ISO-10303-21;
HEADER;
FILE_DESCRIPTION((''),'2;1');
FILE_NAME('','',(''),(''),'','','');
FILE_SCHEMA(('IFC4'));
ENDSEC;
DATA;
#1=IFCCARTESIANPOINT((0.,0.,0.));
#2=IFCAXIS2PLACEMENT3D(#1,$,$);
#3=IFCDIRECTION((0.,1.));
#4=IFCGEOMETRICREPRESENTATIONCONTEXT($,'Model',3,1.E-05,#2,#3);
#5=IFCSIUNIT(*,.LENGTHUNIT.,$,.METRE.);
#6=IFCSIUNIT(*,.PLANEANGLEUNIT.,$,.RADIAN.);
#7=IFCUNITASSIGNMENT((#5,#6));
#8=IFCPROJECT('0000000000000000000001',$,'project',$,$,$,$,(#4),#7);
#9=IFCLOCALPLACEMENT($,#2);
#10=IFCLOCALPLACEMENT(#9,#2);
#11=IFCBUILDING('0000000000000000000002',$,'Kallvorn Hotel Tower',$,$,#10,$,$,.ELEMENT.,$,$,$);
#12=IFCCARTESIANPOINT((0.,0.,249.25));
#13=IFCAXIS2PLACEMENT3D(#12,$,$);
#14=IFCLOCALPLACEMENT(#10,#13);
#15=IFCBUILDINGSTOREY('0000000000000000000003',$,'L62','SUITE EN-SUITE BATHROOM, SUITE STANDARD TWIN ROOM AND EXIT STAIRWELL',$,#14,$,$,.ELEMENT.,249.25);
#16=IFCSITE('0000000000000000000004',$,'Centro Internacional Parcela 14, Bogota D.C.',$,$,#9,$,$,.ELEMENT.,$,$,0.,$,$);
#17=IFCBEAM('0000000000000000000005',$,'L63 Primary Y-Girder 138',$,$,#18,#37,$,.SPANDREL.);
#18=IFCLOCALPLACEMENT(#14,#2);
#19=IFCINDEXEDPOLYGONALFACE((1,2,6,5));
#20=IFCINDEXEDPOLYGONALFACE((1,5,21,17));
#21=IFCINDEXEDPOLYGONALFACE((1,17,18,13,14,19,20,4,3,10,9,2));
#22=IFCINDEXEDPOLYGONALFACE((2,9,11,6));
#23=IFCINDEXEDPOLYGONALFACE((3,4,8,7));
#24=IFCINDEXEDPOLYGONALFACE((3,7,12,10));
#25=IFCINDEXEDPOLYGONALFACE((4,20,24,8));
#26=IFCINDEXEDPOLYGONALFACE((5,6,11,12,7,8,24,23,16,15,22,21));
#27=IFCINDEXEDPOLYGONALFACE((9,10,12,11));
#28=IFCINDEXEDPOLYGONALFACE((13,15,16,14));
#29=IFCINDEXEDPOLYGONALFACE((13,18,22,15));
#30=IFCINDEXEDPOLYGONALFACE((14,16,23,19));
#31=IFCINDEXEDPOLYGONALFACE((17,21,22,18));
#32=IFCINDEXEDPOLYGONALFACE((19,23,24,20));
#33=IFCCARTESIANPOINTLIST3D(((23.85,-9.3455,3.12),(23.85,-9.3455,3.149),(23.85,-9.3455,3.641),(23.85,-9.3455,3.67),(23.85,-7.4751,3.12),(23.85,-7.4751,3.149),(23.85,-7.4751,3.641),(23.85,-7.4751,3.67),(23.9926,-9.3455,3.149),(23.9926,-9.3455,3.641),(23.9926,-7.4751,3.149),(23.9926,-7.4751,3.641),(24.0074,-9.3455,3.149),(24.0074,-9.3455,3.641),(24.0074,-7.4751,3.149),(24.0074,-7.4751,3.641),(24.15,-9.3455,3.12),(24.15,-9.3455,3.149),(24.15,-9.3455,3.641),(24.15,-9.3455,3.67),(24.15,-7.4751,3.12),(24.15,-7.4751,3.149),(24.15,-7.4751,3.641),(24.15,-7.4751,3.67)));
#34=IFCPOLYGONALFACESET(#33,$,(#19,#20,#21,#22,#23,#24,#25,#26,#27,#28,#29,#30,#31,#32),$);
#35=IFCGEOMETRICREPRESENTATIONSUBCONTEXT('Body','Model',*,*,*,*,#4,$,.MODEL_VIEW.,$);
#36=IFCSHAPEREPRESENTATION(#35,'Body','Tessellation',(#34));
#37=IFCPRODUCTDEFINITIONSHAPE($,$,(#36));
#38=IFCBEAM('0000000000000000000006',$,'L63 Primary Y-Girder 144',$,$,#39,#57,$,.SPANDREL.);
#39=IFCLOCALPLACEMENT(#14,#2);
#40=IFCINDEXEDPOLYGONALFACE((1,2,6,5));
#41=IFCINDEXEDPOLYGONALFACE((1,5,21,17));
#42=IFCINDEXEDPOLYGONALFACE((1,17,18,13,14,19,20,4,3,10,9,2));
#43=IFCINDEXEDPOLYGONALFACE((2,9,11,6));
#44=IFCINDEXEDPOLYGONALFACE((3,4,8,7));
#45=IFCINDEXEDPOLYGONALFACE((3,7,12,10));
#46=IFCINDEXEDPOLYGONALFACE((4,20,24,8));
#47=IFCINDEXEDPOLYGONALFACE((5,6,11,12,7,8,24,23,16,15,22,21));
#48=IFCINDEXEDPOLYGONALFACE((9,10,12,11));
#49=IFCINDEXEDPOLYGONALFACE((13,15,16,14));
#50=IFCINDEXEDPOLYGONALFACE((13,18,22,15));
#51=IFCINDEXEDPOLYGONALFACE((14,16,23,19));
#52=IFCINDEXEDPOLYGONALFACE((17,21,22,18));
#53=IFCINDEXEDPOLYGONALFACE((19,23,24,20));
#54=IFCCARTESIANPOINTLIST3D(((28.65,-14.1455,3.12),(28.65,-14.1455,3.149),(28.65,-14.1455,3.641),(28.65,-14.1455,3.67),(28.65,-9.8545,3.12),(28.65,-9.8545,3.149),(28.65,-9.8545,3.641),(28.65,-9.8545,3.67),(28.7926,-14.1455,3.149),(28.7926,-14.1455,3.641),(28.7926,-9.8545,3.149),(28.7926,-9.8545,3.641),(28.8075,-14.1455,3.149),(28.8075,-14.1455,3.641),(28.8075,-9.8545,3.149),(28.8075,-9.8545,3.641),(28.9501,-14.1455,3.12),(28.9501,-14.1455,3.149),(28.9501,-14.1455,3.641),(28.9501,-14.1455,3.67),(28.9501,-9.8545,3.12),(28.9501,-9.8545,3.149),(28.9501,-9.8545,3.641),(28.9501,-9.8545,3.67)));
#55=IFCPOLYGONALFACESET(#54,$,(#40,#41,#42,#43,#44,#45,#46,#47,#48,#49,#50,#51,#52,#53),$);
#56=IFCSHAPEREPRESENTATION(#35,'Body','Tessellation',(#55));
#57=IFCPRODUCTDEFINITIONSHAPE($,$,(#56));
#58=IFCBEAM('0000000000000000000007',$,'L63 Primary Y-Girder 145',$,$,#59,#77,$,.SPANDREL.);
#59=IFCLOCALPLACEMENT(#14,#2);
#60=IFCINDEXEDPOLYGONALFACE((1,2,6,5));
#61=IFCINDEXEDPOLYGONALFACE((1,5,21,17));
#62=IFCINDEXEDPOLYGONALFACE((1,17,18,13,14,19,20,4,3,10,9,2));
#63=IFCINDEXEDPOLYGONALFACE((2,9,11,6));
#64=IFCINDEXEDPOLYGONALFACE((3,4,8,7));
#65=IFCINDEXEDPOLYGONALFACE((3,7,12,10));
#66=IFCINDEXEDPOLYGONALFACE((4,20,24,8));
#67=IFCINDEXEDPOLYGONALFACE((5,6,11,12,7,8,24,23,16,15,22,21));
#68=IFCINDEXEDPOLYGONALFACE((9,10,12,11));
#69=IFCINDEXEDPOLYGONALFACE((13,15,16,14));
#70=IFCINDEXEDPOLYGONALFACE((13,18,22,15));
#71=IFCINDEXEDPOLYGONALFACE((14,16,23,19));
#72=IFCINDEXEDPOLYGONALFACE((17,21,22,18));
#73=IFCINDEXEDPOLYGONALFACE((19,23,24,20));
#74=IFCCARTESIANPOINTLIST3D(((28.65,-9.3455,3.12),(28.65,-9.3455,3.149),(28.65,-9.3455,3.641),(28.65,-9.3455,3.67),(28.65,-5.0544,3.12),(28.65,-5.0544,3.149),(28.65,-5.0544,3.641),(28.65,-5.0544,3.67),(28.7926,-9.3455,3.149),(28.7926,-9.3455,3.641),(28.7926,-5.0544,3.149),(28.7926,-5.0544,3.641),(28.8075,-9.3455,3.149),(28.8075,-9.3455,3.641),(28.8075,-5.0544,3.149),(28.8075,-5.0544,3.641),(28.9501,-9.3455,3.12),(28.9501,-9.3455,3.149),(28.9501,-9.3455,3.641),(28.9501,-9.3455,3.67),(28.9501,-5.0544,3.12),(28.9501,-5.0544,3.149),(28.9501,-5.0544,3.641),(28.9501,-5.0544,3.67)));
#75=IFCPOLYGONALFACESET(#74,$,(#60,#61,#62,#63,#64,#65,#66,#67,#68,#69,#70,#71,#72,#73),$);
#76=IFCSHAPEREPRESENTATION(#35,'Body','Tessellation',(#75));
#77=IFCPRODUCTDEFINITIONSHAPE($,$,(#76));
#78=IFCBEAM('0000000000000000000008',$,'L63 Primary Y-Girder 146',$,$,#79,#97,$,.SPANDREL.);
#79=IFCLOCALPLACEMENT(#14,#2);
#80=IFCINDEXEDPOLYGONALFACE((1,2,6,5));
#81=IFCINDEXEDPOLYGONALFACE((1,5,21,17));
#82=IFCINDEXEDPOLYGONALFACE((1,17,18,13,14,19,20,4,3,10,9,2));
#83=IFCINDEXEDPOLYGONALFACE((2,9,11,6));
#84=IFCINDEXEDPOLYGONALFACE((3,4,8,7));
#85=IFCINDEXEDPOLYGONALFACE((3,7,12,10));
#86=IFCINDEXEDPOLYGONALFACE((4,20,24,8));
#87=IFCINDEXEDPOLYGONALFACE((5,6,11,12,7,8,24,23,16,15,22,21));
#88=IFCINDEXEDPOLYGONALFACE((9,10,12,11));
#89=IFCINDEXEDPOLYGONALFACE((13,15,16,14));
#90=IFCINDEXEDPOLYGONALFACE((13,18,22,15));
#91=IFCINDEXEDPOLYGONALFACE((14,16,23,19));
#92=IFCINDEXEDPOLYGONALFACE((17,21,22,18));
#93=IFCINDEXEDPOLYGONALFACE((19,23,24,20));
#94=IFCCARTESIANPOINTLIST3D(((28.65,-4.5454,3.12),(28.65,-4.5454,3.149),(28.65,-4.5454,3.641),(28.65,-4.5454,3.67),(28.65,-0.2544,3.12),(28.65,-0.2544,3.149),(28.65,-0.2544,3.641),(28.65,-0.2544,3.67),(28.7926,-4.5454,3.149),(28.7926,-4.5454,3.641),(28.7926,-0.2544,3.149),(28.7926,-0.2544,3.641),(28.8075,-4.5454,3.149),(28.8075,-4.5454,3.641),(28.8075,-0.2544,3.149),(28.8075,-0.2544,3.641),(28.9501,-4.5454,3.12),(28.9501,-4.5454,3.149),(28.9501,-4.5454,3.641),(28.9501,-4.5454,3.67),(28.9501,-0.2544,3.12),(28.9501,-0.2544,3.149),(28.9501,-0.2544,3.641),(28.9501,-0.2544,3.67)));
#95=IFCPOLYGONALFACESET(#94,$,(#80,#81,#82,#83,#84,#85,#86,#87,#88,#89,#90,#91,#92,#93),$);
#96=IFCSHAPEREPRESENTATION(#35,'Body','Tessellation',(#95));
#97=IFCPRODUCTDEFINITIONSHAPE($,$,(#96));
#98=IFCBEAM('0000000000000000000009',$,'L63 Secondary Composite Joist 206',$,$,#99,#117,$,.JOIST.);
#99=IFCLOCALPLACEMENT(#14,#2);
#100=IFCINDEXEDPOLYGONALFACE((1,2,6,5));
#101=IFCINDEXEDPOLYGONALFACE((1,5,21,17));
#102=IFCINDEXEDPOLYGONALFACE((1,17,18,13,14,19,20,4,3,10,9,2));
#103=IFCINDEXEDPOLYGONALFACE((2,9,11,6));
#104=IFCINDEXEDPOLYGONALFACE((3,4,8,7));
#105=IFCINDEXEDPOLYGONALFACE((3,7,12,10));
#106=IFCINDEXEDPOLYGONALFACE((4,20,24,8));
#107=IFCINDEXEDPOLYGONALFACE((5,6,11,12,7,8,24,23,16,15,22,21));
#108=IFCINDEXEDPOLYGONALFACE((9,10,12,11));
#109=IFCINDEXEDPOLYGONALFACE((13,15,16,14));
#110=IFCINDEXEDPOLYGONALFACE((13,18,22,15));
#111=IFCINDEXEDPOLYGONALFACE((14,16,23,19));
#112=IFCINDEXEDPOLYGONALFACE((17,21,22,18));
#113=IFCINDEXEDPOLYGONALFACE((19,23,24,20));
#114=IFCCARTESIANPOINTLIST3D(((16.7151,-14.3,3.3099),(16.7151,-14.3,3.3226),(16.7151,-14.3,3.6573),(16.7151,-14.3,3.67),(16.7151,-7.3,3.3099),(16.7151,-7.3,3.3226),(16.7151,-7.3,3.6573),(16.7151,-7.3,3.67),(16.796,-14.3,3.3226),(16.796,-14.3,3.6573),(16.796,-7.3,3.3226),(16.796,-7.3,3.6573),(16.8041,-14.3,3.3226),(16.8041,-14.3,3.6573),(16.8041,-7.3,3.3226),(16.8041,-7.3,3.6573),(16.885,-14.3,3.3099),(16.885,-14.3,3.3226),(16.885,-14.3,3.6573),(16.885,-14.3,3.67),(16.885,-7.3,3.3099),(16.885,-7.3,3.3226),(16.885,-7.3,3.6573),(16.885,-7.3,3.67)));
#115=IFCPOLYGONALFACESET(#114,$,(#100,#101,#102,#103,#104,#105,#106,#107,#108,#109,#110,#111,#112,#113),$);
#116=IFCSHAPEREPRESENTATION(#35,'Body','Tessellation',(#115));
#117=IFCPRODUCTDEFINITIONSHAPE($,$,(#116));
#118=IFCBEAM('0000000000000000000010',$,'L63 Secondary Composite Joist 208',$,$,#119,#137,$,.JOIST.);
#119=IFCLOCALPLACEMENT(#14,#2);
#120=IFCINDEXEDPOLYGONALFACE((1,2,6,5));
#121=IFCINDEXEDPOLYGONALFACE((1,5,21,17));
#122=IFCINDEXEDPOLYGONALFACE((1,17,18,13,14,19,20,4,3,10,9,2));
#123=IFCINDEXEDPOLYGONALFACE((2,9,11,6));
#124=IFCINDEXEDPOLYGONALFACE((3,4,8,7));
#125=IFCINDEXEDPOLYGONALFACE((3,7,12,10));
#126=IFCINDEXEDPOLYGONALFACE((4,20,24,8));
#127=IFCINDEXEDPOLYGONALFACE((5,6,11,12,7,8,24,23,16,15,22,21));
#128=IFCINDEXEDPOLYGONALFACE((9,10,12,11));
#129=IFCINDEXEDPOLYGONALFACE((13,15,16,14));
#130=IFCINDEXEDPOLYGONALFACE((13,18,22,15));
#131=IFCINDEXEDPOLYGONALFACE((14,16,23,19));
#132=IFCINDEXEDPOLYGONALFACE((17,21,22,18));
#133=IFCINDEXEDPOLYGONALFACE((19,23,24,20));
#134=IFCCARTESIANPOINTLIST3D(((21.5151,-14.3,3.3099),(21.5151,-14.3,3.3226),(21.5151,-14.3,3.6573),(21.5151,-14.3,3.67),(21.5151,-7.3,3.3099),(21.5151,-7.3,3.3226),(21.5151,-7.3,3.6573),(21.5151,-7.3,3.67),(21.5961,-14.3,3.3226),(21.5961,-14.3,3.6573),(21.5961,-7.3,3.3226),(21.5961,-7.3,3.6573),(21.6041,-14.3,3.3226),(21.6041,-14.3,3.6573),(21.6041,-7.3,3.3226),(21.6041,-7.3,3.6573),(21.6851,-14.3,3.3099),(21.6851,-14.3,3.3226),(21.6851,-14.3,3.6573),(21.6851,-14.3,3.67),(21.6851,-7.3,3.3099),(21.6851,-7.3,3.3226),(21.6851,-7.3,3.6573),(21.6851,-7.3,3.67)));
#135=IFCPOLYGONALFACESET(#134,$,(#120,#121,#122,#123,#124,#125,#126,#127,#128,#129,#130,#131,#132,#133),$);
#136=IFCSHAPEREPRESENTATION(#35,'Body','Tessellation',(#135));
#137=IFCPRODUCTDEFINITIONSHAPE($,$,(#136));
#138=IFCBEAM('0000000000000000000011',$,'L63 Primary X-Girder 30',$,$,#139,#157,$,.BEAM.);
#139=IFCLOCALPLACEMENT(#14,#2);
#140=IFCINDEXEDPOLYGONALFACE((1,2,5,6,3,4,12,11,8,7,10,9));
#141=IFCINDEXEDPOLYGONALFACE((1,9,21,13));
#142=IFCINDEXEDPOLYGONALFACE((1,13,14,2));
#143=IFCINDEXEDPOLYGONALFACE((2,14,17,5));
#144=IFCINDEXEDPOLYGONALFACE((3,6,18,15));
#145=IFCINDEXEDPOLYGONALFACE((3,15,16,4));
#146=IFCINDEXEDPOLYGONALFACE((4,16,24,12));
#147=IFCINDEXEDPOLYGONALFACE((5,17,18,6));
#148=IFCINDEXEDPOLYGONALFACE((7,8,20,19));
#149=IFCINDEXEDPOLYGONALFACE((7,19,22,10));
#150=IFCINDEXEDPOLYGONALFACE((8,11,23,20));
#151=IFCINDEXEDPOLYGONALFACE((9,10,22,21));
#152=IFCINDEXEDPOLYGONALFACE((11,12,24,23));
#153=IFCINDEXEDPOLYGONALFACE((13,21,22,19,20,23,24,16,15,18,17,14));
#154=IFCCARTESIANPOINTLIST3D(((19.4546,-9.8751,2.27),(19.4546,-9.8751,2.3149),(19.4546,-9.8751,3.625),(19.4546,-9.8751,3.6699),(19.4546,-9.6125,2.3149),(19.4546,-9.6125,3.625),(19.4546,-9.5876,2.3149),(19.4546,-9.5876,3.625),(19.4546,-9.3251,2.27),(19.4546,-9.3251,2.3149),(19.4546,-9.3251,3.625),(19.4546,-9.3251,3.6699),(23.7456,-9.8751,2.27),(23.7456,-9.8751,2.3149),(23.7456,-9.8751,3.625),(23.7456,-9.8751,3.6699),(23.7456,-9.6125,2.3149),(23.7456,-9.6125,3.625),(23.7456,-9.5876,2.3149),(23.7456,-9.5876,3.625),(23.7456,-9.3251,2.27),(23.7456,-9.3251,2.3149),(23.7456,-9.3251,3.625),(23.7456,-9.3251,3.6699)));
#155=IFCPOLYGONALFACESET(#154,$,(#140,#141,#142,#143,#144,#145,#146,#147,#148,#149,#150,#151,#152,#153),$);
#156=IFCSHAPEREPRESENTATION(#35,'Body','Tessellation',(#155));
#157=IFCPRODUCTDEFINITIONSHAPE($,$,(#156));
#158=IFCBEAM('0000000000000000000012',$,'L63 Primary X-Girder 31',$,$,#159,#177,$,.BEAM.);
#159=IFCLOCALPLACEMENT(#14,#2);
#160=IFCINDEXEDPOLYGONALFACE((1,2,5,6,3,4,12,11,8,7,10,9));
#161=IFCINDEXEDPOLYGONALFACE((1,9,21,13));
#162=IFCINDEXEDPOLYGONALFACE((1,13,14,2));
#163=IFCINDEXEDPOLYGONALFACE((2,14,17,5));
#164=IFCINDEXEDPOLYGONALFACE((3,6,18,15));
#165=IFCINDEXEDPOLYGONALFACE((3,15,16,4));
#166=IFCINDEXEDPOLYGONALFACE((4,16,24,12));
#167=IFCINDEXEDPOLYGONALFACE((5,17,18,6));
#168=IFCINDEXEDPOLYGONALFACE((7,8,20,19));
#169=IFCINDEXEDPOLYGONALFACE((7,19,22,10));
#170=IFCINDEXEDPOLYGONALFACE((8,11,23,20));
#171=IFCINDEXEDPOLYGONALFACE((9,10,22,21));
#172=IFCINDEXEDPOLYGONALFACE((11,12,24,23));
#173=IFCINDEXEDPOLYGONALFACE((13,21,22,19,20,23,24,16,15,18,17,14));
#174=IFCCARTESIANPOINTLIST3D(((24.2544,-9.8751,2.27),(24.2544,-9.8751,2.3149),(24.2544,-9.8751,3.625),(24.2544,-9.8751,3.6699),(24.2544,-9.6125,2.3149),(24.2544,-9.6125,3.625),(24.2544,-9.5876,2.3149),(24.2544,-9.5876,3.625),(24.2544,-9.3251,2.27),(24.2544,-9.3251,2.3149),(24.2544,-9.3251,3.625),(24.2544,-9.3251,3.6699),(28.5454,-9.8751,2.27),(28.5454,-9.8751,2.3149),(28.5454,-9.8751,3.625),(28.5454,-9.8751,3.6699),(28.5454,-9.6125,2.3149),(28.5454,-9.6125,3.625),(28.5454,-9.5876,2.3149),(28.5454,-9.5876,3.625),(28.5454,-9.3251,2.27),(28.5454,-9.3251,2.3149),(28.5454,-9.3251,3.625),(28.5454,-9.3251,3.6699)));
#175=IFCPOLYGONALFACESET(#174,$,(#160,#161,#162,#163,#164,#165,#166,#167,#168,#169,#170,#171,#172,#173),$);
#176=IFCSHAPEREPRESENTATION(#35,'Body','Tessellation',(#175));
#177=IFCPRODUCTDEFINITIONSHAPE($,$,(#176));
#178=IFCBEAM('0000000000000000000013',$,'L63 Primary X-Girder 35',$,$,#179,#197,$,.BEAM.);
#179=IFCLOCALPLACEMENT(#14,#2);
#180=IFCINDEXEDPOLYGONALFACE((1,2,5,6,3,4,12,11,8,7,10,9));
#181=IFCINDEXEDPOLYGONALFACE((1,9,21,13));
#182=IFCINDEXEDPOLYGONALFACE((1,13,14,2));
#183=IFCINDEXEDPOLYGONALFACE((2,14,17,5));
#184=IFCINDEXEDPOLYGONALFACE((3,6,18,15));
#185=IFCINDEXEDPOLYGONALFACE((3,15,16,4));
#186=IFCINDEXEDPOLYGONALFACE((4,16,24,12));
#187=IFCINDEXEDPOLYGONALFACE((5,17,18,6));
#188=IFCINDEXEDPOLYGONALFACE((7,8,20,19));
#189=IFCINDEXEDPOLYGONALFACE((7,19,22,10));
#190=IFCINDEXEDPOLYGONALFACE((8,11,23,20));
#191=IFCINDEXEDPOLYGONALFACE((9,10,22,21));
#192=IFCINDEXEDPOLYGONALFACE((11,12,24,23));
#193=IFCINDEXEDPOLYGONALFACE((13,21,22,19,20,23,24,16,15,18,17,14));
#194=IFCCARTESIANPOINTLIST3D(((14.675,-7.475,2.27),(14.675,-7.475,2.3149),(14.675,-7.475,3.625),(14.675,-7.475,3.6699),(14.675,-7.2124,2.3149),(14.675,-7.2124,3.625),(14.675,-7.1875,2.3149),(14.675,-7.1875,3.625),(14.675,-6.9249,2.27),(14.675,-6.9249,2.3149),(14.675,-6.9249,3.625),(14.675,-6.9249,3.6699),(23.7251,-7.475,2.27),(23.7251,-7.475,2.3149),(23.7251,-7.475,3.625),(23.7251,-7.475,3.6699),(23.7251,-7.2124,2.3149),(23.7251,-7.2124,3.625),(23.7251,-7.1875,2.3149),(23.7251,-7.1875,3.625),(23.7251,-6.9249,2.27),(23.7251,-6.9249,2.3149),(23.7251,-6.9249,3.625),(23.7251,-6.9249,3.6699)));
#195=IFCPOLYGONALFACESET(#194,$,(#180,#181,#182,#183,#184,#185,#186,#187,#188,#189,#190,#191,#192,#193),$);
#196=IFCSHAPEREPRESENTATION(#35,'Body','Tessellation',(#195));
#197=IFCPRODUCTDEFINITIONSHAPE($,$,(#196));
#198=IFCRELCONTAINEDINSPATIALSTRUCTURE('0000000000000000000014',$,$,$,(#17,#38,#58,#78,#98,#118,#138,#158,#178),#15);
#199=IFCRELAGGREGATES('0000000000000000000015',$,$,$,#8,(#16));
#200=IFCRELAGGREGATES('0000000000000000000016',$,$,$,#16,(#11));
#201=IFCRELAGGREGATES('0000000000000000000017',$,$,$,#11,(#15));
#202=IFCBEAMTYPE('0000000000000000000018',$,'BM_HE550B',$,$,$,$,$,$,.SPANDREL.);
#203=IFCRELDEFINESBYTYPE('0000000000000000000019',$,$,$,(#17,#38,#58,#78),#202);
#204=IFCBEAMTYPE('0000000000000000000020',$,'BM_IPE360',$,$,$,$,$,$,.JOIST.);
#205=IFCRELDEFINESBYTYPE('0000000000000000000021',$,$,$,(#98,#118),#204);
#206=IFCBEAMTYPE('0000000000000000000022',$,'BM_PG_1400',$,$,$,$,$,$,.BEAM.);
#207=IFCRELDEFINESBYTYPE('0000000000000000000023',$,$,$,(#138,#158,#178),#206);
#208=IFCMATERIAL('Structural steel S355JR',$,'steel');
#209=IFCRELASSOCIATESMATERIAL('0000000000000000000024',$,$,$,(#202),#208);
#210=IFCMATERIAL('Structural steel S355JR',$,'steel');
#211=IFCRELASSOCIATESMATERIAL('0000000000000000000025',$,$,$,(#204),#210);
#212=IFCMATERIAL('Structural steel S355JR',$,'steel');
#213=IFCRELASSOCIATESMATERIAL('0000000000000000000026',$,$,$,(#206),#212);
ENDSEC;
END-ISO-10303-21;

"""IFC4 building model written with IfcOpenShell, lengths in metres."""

from ifc_helpers import new_model, si_unit, direction, frame, origin, origin_2d, place, context, subcontext, project, spatial, i_section, extrude, material, material_profile, profile_set, type_object, element, save


model = new_model("IFC4")

# Units and contexts
model_context = context("Model", 3, precision=1e-05, world=origin(), true_north=direction((0.0, 1.0)))
body_context = subcontext(model_context, "Body", "Model", "MODEL_VIEW")
ifc_project = project(units=[si_unit("LENGTHUNIT", "METRE"), si_unit("PLANEANGLEUNIT", "RADIAN")], contexts=[model_context])

# Site, building, storey
site_placement = place(None, origin())
site = spatial("IfcSite", under=ifc_project, at=site_placement, Name="Centro Internacional Parcela 14, Bogota D.C.", CompositionType="ELEMENT", RefElevation=0.0)
building_placement = place(site_placement, origin())
building = spatial("IfcBuilding", under=site, at=building_placement, Name="Kallvorn Hotel Tower", CompositionType="ELEMENT")
storey_placement = place(building_placement, frame((0.0, 0.0, 249.25)))
storey = spatial("IfcBuildingStorey", under=building, at=storey_placement, Name="L62", Description="SUITE EN-SUITE BATHROOM, SUITE STANDARD TWIN ROOM AND EXIT STAIRWELL", CompositionType="ELEMENT", Elevation=249.25)

# Beams
ifc_material_1 = material(Name="Structural steel S355JR", Category="steel")
ifc_material_profile_1 = material_profile(ifc_material_1, i_section(OverallWidth=0.3, OverallDepth=0.55, WebThickness=0.0149, FlangeThickness=0.0291, at=origin_2d()), Name="HE 550 B")
ifc_profile_set_1 = profile_set([ifc_material_profile_1], Name="Structural steel S355JR")
beam_type_1 = type_object("IfcBeamType", Name="BM_HE550B", PredefinedType="SPANDREL", material=ifc_profile_set_1)
beam_1_placement = place(storey_placement, frame((24.0, -9.3455, 3.395), z_axis=(0.0, 1.0, 0.0), x_axis=(-1.0, 0.0, 0.0)))
element("IfcBeam", 1, at=beam_1_placement, inside=storey, type_object=beam_type_1, Name="L63 Primary Y-Girder 138", PredefinedType="SPANDREL", context=body_context, shape_type="SweptSolid", body=[
    extrude(i_section(OverallWidth=0.3, OverallDepth=0.55, WebThickness=0.0149, FlangeThickness=0.0291, at=origin_2d()), origin(), (0.0, 0.0, 1.0), 1.8704),
])
for number, where, z_axis, x_axis, name in (
    (2, (28.8, -14.1455, 3.395), (0.0, 1.0, 0.0), (-1.0, 0.0, 0.0), "L63 Primary Y-Girder 144"),
    (3, (28.8, -9.3455, 3.395), (0.0, 1.0, 0.0), (-1.0, 0.0, 0.0), "L63 Primary Y-Girder 145"),
    (4, (28.8, -4.5454, 3.395), (0.0, 1.0, 0.0), (-1.0, 0.0, 0.0), "L63 Primary Y-Girder 146"),
):
    element("IfcBeam", number, at=place(storey_placement, frame(where, z_axis=z_axis, x_axis=x_axis)), inside=storey, type_object=beam_type_1, Name=name, PredefinedType="SPANDREL", context=body_context, shape_type="SweptSolid", body=[
        extrude(i_section(OverallWidth=0.3, OverallDepth=0.55, WebThickness=0.0149, FlangeThickness=0.0291, at=origin_2d()), origin(), (0.0, 0.0, 1.0), 4.291),
    ])
ifc_material_2 = material(Name="Structural steel S355JR", Category="steel")
ifc_material_profile_2 = material_profile(ifc_material_2, i_section(OverallWidth=0.1699, OverallDepth=0.3601, WebThickness=0.0081, FlangeThickness=0.0127, at=origin_2d()), Name="IPE 360")
ifc_profile_set_2 = profile_set([ifc_material_profile_2], Name="Structural steel S355JR")
beam_type_2 = type_object("IfcBeamType", Name="BM_IPE360", PredefinedType="JOIST", material=ifc_profile_set_2)
for number, where, z_axis, x_axis, name in (
    (5, (16.8, -14.3, 3.49), (0.0, 1.0, 0.0), (-1.0, 0.0, 0.0), "L63 Secondary Composite Joist 206"),
    (6, (21.6001, -14.3, 3.49), (0.0, 1.0, 0.0), (-1.0, 0.0, 0.0), "L63 Secondary Composite Joist 208"),
):
    element("IfcBeam", number, at=place(storey_placement, frame(where, z_axis=z_axis, x_axis=x_axis)), inside=storey, type_object=beam_type_2, Name=name, PredefinedType="JOIST", context=body_context, shape_type="SweptSolid", body=[
        extrude(i_section(OverallWidth=0.1699, OverallDepth=0.3601, WebThickness=0.0081, FlangeThickness=0.0127, at=origin_2d()), origin(), (0.0, 0.0, 1.0), 7.0),
    ])
ifc_material_3 = material(Name="Structural steel S355JR", Category="steel")
ifc_material_profile_3 = material_profile(ifc_material_3, i_section(OverallWidth=0.55, OverallDepth=1.3999, WebThickness=0.0249, FlangeThickness=0.0449, at=origin_2d()), Name="PG 1400x550x25x45")
ifc_profile_set_3 = profile_set([ifc_material_profile_3], Name="Structural steel S355JR")
beam_type_3 = type_object("IfcBeamType", Name="BM_PG_1400", PredefinedType="BEAM", material=ifc_profile_set_3)
for number, where, z_axis, x_axis, name in (
    (7, (19.4546, -9.6001, 2.97), (1.0, 0.0, 0.0), (0.0, 1.0, 0.0), "L63 Primary X-Girder 30"),
    (8, (24.2544, -9.6001, 2.97), (1.0, 0.0, 0.0), (0.0, 1.0, 0.0), "L63 Primary X-Girder 31"),
):
    element("IfcBeam", number, at=place(storey_placement, frame(where, z_axis=z_axis, x_axis=x_axis)), inside=storey, type_object=beam_type_3, Name=name, PredefinedType="BEAM", context=body_context, shape_type="SweptSolid", body=[
        extrude(i_section(OverallWidth=0.55, OverallDepth=1.3999, WebThickness=0.0249, FlangeThickness=0.0449, at=origin_2d()), origin(), (0.0, 0.0, 1.0), 4.291),
    ])
beam_2_placement = place(storey_placement, frame((14.675, -7.2, 2.97), z_axis=(1.0, 0.0, 0.0), x_axis=(0.0, 1.0, 0.0)))
element("IfcBeam", 9, at=beam_2_placement, inside=storey, type_object=beam_type_3, Name="L63 Primary X-Girder 35", PredefinedType="BEAM", context=body_context, shape_type="SweptSolid", body=[
    extrude(i_section(OverallWidth=0.55, OverallDepth=1.3999, WebThickness=0.0249, FlangeThickness=0.0449, at=origin_2d()), origin(), (0.0, 0.0, 1.0), 9.05),
])

save(model, "model.ifc")
